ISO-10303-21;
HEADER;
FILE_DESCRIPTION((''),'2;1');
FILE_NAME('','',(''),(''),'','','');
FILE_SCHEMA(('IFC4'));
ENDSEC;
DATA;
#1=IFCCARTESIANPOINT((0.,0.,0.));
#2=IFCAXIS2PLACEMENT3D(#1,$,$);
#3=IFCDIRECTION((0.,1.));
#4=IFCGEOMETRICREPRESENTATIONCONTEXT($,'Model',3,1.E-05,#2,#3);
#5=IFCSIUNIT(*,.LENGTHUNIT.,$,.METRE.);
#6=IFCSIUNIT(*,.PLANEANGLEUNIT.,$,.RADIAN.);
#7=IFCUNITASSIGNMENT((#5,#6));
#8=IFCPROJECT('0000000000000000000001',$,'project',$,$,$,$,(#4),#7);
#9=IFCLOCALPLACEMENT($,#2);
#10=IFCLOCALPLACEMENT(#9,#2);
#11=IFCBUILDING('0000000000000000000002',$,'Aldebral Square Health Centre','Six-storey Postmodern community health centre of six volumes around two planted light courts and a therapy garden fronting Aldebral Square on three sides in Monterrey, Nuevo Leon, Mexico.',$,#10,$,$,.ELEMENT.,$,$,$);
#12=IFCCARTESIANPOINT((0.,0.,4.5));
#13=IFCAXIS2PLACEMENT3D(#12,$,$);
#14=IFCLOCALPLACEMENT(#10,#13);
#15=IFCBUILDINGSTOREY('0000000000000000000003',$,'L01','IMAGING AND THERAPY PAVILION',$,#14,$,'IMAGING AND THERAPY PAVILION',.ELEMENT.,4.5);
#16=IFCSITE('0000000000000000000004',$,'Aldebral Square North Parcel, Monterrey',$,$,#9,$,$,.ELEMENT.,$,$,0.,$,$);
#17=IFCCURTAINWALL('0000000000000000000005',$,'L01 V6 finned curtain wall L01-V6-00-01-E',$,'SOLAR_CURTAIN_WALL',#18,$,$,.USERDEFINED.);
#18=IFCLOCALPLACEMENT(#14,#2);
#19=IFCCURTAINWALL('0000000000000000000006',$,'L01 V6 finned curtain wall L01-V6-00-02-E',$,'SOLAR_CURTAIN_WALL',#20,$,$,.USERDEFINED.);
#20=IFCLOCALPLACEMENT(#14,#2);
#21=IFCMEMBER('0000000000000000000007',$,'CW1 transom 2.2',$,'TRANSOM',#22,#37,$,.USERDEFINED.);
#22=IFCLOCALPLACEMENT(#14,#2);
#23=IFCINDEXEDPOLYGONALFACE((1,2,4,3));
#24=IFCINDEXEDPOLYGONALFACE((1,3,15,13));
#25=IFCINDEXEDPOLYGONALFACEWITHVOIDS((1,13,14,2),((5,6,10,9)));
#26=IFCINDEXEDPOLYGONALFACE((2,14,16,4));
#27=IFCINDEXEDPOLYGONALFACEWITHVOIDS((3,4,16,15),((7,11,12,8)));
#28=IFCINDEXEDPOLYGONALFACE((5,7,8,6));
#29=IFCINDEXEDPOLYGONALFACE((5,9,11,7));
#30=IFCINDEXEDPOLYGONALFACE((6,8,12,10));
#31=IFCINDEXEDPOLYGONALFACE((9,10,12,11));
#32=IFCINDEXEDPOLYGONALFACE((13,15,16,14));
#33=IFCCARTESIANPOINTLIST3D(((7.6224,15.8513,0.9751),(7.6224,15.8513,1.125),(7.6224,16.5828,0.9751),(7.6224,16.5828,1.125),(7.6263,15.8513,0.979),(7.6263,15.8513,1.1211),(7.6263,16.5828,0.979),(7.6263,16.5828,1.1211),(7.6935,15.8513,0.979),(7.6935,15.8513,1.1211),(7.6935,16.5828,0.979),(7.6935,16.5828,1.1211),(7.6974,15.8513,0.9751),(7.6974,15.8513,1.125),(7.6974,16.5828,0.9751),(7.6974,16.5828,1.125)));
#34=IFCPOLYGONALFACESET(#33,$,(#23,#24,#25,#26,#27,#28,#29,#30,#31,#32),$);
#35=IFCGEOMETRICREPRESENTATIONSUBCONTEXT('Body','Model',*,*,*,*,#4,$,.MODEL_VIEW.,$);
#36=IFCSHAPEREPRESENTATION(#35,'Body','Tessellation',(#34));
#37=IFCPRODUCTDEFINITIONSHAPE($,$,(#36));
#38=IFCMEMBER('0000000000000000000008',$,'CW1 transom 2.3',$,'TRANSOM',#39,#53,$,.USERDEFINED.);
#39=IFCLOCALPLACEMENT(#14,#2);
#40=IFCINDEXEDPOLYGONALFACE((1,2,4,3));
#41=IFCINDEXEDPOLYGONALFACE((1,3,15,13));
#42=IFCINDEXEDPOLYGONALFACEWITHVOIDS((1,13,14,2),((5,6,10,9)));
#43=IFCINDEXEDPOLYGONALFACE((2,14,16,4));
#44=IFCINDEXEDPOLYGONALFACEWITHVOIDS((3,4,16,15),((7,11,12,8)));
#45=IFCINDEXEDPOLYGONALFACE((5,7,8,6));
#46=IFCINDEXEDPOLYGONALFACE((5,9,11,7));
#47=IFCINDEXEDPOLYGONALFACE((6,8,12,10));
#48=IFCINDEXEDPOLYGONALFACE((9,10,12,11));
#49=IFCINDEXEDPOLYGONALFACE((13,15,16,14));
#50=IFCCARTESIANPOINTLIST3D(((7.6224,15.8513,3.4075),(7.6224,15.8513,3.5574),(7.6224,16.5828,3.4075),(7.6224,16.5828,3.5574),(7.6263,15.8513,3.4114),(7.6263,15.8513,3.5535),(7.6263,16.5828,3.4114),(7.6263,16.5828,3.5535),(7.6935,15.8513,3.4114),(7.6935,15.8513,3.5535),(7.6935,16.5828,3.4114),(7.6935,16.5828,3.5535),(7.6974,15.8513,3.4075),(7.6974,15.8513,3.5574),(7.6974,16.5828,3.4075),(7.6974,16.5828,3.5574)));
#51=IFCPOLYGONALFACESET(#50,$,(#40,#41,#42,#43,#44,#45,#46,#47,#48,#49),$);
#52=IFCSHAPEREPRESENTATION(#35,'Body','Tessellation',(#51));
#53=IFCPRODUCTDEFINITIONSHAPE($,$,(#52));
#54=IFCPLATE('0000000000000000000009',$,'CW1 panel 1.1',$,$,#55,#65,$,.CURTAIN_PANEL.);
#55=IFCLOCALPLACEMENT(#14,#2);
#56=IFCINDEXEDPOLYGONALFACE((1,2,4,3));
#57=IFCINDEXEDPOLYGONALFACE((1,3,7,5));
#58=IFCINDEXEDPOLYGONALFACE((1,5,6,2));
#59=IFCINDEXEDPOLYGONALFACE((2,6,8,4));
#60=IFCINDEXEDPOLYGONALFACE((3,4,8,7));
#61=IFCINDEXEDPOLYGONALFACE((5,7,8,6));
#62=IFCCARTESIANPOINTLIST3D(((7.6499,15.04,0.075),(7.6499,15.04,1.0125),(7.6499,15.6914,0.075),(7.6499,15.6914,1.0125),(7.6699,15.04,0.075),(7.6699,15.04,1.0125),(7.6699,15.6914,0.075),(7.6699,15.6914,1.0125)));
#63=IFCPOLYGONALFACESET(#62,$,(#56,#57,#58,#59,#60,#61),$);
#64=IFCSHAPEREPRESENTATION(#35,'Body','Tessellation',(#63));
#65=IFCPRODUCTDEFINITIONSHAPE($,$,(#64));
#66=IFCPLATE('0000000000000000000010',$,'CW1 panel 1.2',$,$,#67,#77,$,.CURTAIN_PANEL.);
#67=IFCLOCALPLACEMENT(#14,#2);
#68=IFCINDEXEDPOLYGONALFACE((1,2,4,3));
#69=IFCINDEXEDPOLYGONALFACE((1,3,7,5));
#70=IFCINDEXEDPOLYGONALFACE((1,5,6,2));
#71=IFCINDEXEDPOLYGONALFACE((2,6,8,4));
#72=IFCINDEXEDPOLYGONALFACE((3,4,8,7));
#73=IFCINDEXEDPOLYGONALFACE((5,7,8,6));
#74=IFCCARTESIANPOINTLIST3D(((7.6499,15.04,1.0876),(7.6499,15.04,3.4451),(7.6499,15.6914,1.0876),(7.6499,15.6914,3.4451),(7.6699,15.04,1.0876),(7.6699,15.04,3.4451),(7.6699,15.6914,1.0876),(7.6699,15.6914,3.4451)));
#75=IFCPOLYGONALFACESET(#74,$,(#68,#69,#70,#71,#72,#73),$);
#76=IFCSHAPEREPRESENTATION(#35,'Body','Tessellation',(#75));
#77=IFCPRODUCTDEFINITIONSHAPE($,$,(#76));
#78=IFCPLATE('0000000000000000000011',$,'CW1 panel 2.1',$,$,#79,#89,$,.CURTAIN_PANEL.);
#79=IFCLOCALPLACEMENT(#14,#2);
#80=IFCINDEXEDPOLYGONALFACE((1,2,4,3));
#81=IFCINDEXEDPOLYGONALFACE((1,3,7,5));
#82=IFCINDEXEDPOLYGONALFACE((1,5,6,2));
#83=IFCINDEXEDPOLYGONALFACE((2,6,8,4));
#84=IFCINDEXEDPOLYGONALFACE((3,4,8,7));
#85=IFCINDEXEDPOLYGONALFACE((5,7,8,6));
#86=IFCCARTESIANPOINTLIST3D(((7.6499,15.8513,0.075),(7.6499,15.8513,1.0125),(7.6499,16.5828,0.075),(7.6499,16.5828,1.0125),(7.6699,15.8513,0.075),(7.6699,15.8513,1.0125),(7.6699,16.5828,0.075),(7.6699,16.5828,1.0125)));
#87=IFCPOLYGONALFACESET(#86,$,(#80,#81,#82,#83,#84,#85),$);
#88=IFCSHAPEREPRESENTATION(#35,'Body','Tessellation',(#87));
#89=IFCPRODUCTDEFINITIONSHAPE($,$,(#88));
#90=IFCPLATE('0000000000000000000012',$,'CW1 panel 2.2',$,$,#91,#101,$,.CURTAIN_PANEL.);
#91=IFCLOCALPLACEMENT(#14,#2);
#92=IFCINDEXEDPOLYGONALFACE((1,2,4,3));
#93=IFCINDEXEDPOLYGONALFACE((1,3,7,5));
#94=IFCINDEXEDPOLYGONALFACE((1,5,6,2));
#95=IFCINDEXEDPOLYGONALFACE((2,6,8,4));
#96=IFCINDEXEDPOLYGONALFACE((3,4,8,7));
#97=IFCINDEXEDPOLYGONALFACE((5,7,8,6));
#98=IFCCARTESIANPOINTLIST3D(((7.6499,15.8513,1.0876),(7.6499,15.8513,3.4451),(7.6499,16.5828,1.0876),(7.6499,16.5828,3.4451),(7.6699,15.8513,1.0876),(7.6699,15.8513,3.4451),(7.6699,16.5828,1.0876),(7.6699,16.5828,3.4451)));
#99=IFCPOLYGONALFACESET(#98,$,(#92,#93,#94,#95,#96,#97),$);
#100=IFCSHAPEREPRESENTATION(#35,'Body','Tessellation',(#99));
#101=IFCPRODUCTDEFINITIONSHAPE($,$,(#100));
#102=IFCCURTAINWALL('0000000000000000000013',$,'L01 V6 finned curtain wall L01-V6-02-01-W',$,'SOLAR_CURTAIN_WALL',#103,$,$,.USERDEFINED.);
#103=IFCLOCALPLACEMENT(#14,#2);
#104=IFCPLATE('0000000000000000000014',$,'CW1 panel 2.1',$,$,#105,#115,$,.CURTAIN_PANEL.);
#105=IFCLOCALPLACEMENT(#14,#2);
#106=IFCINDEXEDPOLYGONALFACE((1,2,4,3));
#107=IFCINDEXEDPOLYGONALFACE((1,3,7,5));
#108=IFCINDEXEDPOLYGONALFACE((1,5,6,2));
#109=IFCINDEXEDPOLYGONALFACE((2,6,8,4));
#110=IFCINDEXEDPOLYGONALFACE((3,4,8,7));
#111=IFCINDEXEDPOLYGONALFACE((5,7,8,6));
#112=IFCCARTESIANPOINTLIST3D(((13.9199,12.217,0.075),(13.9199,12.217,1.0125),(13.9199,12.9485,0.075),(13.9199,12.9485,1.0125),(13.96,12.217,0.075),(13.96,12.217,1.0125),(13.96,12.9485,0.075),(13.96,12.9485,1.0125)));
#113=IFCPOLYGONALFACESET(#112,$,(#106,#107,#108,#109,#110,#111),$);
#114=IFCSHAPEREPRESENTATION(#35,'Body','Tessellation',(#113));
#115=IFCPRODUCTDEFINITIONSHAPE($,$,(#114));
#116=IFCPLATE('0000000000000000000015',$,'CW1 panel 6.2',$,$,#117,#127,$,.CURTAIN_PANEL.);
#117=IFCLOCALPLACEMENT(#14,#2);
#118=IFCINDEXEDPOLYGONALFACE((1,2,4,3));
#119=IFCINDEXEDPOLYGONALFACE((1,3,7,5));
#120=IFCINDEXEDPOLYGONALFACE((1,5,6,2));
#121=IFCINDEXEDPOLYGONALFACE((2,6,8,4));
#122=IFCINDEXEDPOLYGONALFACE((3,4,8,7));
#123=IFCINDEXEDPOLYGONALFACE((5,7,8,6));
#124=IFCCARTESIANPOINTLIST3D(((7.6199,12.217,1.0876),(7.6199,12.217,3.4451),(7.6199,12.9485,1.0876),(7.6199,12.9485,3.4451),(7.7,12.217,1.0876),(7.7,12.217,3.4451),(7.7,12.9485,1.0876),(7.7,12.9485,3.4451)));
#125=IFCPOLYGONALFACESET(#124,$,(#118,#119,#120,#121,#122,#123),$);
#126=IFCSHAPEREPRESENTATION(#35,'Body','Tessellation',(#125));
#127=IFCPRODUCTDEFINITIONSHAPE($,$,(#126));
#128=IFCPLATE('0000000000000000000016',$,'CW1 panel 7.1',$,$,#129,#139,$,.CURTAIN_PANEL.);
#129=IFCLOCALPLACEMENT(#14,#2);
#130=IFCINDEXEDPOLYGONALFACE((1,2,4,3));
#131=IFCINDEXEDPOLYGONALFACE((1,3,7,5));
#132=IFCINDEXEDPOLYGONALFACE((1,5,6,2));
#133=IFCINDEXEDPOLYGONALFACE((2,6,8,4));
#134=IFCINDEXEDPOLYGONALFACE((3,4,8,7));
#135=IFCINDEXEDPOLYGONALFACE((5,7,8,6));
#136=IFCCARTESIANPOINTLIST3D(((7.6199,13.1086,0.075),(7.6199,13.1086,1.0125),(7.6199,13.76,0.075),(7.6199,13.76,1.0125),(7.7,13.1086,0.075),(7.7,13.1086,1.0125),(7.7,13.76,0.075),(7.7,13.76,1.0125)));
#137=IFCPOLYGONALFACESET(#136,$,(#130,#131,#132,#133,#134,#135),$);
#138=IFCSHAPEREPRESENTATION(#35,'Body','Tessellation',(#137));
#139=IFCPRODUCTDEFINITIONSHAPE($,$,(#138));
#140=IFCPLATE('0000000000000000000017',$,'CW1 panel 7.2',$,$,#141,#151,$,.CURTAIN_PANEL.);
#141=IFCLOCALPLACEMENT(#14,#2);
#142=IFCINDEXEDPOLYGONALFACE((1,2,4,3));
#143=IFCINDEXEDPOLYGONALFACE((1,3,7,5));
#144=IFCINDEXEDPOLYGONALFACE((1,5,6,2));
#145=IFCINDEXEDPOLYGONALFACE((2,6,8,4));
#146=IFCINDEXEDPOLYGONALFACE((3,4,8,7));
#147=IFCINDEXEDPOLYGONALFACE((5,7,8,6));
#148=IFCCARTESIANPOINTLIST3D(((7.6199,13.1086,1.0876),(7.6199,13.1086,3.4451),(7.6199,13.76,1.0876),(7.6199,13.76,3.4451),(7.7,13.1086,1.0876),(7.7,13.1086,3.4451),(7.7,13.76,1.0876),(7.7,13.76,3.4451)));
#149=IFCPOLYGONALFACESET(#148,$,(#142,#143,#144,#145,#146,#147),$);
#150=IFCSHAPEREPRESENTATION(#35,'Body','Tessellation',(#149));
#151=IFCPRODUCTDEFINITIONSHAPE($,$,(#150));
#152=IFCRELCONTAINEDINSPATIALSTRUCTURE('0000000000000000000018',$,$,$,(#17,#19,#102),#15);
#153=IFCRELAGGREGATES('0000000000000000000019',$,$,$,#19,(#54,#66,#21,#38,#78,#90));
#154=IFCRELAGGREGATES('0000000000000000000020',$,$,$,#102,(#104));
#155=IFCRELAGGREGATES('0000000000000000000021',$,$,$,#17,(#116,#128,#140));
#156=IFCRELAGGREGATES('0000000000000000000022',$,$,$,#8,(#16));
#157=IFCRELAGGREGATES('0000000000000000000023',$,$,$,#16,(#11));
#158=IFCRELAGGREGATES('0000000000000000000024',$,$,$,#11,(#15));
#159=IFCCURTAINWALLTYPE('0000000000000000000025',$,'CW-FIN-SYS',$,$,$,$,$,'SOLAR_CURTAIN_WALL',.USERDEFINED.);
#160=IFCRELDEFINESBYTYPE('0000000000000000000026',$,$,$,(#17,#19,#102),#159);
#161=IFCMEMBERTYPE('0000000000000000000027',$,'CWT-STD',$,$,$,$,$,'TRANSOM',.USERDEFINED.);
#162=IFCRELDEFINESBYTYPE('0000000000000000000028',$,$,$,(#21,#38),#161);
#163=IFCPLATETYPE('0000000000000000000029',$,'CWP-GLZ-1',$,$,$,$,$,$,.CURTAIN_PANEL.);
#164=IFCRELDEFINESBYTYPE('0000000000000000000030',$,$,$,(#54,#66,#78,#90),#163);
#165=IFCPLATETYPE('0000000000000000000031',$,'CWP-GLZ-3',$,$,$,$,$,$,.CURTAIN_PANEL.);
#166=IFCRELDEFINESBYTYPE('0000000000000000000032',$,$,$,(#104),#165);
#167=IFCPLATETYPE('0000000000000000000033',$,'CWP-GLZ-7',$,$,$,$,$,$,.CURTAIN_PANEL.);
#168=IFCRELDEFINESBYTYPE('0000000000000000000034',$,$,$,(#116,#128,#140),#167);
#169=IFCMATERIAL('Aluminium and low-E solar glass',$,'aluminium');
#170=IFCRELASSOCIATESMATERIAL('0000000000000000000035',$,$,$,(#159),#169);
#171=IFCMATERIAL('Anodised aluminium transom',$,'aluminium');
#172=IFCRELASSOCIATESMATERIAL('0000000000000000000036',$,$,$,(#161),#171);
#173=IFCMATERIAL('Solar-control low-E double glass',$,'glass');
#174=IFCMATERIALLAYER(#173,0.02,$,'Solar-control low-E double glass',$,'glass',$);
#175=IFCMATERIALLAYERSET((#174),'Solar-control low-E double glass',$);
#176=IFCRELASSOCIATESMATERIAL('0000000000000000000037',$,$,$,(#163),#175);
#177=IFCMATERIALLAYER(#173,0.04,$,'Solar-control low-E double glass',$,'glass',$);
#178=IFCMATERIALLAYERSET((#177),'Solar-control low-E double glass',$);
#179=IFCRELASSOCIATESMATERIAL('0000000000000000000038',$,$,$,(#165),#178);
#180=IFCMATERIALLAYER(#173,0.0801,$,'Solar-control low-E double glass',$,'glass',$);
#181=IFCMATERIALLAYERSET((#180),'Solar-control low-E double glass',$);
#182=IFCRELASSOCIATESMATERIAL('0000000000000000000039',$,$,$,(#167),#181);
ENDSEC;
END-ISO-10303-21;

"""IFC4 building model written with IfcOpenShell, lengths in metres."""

from ifc_helpers import new_model, si_unit, direction, frame, origin, origin_2d, place, context, subcontext, project, spatial, rectangle, hollow_rectangle, extrude, material, layer, layer_set, material_profile, profile_set, type_object, element, aggregate, save


model = new_model("IFC4")

# Units and contexts
model_context = context("Model", 3, precision=1e-05, world=origin(), true_north=direction((0.0, 1.0)))
body_context = subcontext(model_context, "Body", "Model", "MODEL_VIEW")
ifc_project = project(units=[si_unit("LENGTHUNIT", "METRE"), si_unit("PLANEANGLEUNIT", "RADIAN")], contexts=[model_context])

# Site, building, storey
site_placement = place(None, origin())
site = spatial("IfcSite", under=ifc_project, at=site_placement, Name="Aldebral Square North Parcel, Monterrey", CompositionType="ELEMENT", RefElevation=0.0)
building_placement = place(site_placement, origin())
building = spatial("IfcBuilding", under=site, at=building_placement, Name="Aldebral Square Health Centre", Description="Six-storey Postmodern community health centre of six volumes around two planted light courts and a therapy garden fronting Aldebral Square on three sides in Monterrey, Nuevo Leon, Mexico.", CompositionType="ELEMENT")
storey_placement = place(building_placement, frame((0.0, 0.0, 4.5)))
storey = spatial("IfcBuildingStorey", under=building, at=storey_placement, Name="L01", Description="IMAGING AND THERAPY PAVILION", LongName="IMAGING AND THERAPY PAVILION", CompositionType="ELEMENT", Elevation=4.5)

# Curtain walls
ifc_material_1 = material(Name="Aluminium and low-E solar glass", Category="aluminium")
curtain_wall_type = type_object("IfcCurtainWallType", Name="CW-FIN-SYS", ElementType="SOLAR_CURTAIN_WALL", PredefinedType="USERDEFINED", material=ifc_material_1)
curtain_wall_1_placement = place(storey_placement, origin())
curtain_wall_1 = element("IfcCurtainWall", 1, at=curtain_wall_1_placement, inside=storey, type_object=curtain_wall_type, Name="L01 V6 finned curtain wall L01-V6-00-01-E", ObjectType="SOLAR_CURTAIN_WALL", PredefinedType="USERDEFINED")
curtain_wall_2_placement = place(storey_placement, origin())
curtain_wall_2 = element("IfcCurtainWall", 2, at=curtain_wall_2_placement, inside=storey, type_object=curtain_wall_type, Name="L01 V6 finned curtain wall L01-V6-00-02-E", ObjectType="SOLAR_CURTAIN_WALL", PredefinedType="USERDEFINED")

# Members
ifc_material_2 = material(Name="Anodised aluminium transom", Category="aluminium")
ifc_material_profile_1 = material_profile(ifc_material_2, hollow_rectangle(XDim=0.075, YDim=0.1499, WallThickness=0.0039, at=origin_2d()), Name="CWT 75x150x4")
ifc_profile_set_1 = profile_set([ifc_material_profile_1], Name="Anodised aluminium transom")
member_type_1 = type_object("IfcMemberType", Name="CWT-STD", ElementType="TRANSOM", PredefinedType="USERDEFINED", material=ifc_profile_set_1)
member_1_placement = place(storey_placement, frame((7.6599, 15.8513, 1.05), z_axis=(0.0, 1.0, 0.0), x_axis=(-1.0, 0.0, 0.0)))
member_1 = element("IfcMember", 3, at=member_1_placement, type_object=member_type_1, Name="CW1 transom 2.2", ObjectType="TRANSOM", PredefinedType="USERDEFINED", context=body_context, shape_type="SweptSolid", body=[
    extrude(hollow_rectangle(XDim=0.075, YDim=0.1499, WallThickness=0.0039, at=origin_2d()), origin(), (0.0, 0.0, 1.0), 0.7314),
])
member_2_placement = place(storey_placement, frame((7.6599, 15.8513, 3.4824), z_axis=(0.0, 1.0, 0.0), x_axis=(-1.0, 0.0, 0.0)))
member_2 = element("IfcMember", 4, at=member_2_placement, type_object=member_type_1, Name="CW1 transom 2.3", ObjectType="TRANSOM", PredefinedType="USERDEFINED", context=body_context, shape_type="SweptSolid", body=[
    extrude(hollow_rectangle(XDim=0.075, YDim=0.1499, WallThickness=0.0039, at=origin_2d()), origin(), (0.0, 0.0, 1.0), 0.7314),
])

# Plates
ifc_material_3 = material(Name="Solar-control low-E double glass", Category="glass")
ifc_layer_1 = layer(ifc_material_3, 0.02, Name="Solar-control low-E double glass", Category="glass")
ifc_layer_set_1 = layer_set([ifc_layer_1], Name="Solar-control low-E double glass")
plate_type_1 = type_object("IfcPlateType", Name="CWP-GLZ-1", PredefinedType="CURTAIN_PANEL", material=ifc_layer_set_1)
plate_1_placement = place(storey_placement, frame((7.6599, 15.3657, 0.075), z_axis=(0.0, 0.0, 1.0), x_axis=(0.0, 1.0, 0.0)))
plate_1 = element("IfcPlate", 5, at=plate_1_placement, type_object=plate_type_1, Name="CW1 panel 1.1", PredefinedType="CURTAIN_PANEL", context=body_context, shape_type="SweptSolid", body=[
    extrude(rectangle(XDim=0.6514, YDim=0.02, at=origin_2d()), origin(), (0.0, 0.0, 1.0), 0.9375),
])
plate_2_placement = place(storey_placement, frame((7.6599, 15.3657, 1.0876), z_axis=(0.0, 0.0, 1.0), x_axis=(0.0, 1.0, 0.0)))
plate_2 = element("IfcPlate", 6, at=plate_2_placement, type_object=plate_type_1, Name="CW1 panel 1.2", PredefinedType="CURTAIN_PANEL", context=body_context, shape_type="SweptSolid", body=[
    extrude(rectangle(XDim=0.6514, YDim=0.02, at=origin_2d()), origin(), (0.0, 0.0, 1.0), 2.3574),
])
plate_3_placement = place(storey_placement, frame((7.6599, 16.217, 0.075), z_axis=(0.0, 0.0, 1.0), x_axis=(0.0, 1.0, 0.0)))
plate_3 = element("IfcPlate", 7, at=plate_3_placement, type_object=plate_type_1, Name="CW1 panel 2.1", PredefinedType="CURTAIN_PANEL", context=body_context, shape_type="SweptSolid", body=[
    extrude(rectangle(XDim=0.7314, YDim=0.02, at=origin_2d()), origin(), (0.0, 0.0, 1.0), 0.9375),
])
plate_4_placement = place(storey_placement, frame((7.6599, 16.217, 1.0876), z_axis=(0.0, 0.0, 1.0), x_axis=(0.0, 1.0, 0.0)))
plate_4 = element("IfcPlate", 8, at=plate_4_placement, type_object=plate_type_1, Name="CW1 panel 2.2", PredefinedType="CURTAIN_PANEL", context=body_context, shape_type="SweptSolid", body=[
    extrude(rectangle(XDim=0.7314, YDim=0.02, at=origin_2d()), origin(), (0.0, 0.0, 1.0), 2.3574),
])
aggregate(curtain_wall_2, [plate_1, plate_2, member_1, member_2, plate_3, plate_4])

# Curtain wall, plate
curtain_wall_3_placement = place(storey_placement, origin())
curtain_wall_3 = element("IfcCurtainWall", 9, at=curtain_wall_3_placement, inside=storey, type_object=curtain_wall_type, Name="L01 V6 finned curtain wall L01-V6-02-01-W", ObjectType="SOLAR_CURTAIN_WALL", PredefinedType="USERDEFINED")
ifc_layer_2 = layer(ifc_material_3, 0.04, Name="Solar-control low-E double glass", Category="glass")
ifc_layer_set_2 = layer_set([ifc_layer_2], Name="Solar-control low-E double glass")
plate_type_2 = type_object("IfcPlateType", Name="CWP-GLZ-3", PredefinedType="CURTAIN_PANEL", material=ifc_layer_set_2)
plate_5_placement = place(storey_placement, frame((13.9399, 12.5828, 0.075), z_axis=(0.0, 0.0, 1.0), x_axis=(0.0, -1.0, 0.0)))
plate_5 = element("IfcPlate", 10, at=plate_5_placement, type_object=plate_type_2, Name="CW1 panel 2.1", PredefinedType="CURTAIN_PANEL", context=body_context, shape_type="SweptSolid", body=[
    extrude(rectangle(XDim=0.7314, YDim=0.04, at=origin_2d()), origin(), (0.0, 0.0, 1.0), 0.9375),
])
aggregate(curtain_wall_3, [plate_5])

# Plates
ifc_layer_3 = layer(ifc_material_3, 0.0801, Name="Solar-control low-E double glass", Category="glass")
ifc_layer_set_3 = layer_set([ifc_layer_3], Name="Solar-control low-E double glass")
plate_type_3 = type_object("IfcPlateType", Name="CWP-GLZ-7", PredefinedType="CURTAIN_PANEL", material=ifc_layer_set_3)
plate_6_placement = place(storey_placement, frame((7.6599, 12.5828, 1.0876), z_axis=(0.0, 0.0, 1.0), x_axis=(0.0, 1.0, 0.0)))
plate_6 = element("IfcPlate", 11, at=plate_6_placement, type_object=plate_type_3, Name="CW1 panel 6.2", PredefinedType="CURTAIN_PANEL", context=body_context, shape_type="SweptSolid", body=[
    extrude(rectangle(XDim=0.7314, YDim=0.0801, at=origin_2d()), origin(), (0.0, 0.0, 1.0), 2.3574),
])
plate_7_placement = place(storey_placement, frame((7.6599, 13.4343, 0.075), z_axis=(0.0, 0.0, 1.0), x_axis=(0.0, 1.0, 0.0)))
plate_7 = element("IfcPlate", 12, at=plate_7_placement, type_object=plate_type_3, Name="CW1 panel 7.1", PredefinedType="CURTAIN_PANEL", context=body_context, shape_type="SweptSolid", body=[
    extrude(rectangle(XDim=0.6514, YDim=0.0801, at=origin_2d()), origin(), (0.0, 0.0, 1.0), 0.9375),
])
plate_8_placement = place(storey_placement, frame((7.6599, 13.4343, 1.0876), z_axis=(0.0, 0.0, 1.0), x_axis=(0.0, 1.0, 0.0)))
plate_8 = element("IfcPlate", 13, at=plate_8_placement, type_object=plate_type_3, Name="CW1 panel 7.2", PredefinedType="CURTAIN_PANEL", context=body_context, shape_type="SweptSolid", body=[
    extrude(rectangle(XDim=0.6514, YDim=0.0801, at=origin_2d()), origin(), (0.0, 0.0, 1.0), 2.3574),
])
aggregate(curtain_wall_1, [plate_6, plate_7, plate_8])

save(model, "model.ifc")
